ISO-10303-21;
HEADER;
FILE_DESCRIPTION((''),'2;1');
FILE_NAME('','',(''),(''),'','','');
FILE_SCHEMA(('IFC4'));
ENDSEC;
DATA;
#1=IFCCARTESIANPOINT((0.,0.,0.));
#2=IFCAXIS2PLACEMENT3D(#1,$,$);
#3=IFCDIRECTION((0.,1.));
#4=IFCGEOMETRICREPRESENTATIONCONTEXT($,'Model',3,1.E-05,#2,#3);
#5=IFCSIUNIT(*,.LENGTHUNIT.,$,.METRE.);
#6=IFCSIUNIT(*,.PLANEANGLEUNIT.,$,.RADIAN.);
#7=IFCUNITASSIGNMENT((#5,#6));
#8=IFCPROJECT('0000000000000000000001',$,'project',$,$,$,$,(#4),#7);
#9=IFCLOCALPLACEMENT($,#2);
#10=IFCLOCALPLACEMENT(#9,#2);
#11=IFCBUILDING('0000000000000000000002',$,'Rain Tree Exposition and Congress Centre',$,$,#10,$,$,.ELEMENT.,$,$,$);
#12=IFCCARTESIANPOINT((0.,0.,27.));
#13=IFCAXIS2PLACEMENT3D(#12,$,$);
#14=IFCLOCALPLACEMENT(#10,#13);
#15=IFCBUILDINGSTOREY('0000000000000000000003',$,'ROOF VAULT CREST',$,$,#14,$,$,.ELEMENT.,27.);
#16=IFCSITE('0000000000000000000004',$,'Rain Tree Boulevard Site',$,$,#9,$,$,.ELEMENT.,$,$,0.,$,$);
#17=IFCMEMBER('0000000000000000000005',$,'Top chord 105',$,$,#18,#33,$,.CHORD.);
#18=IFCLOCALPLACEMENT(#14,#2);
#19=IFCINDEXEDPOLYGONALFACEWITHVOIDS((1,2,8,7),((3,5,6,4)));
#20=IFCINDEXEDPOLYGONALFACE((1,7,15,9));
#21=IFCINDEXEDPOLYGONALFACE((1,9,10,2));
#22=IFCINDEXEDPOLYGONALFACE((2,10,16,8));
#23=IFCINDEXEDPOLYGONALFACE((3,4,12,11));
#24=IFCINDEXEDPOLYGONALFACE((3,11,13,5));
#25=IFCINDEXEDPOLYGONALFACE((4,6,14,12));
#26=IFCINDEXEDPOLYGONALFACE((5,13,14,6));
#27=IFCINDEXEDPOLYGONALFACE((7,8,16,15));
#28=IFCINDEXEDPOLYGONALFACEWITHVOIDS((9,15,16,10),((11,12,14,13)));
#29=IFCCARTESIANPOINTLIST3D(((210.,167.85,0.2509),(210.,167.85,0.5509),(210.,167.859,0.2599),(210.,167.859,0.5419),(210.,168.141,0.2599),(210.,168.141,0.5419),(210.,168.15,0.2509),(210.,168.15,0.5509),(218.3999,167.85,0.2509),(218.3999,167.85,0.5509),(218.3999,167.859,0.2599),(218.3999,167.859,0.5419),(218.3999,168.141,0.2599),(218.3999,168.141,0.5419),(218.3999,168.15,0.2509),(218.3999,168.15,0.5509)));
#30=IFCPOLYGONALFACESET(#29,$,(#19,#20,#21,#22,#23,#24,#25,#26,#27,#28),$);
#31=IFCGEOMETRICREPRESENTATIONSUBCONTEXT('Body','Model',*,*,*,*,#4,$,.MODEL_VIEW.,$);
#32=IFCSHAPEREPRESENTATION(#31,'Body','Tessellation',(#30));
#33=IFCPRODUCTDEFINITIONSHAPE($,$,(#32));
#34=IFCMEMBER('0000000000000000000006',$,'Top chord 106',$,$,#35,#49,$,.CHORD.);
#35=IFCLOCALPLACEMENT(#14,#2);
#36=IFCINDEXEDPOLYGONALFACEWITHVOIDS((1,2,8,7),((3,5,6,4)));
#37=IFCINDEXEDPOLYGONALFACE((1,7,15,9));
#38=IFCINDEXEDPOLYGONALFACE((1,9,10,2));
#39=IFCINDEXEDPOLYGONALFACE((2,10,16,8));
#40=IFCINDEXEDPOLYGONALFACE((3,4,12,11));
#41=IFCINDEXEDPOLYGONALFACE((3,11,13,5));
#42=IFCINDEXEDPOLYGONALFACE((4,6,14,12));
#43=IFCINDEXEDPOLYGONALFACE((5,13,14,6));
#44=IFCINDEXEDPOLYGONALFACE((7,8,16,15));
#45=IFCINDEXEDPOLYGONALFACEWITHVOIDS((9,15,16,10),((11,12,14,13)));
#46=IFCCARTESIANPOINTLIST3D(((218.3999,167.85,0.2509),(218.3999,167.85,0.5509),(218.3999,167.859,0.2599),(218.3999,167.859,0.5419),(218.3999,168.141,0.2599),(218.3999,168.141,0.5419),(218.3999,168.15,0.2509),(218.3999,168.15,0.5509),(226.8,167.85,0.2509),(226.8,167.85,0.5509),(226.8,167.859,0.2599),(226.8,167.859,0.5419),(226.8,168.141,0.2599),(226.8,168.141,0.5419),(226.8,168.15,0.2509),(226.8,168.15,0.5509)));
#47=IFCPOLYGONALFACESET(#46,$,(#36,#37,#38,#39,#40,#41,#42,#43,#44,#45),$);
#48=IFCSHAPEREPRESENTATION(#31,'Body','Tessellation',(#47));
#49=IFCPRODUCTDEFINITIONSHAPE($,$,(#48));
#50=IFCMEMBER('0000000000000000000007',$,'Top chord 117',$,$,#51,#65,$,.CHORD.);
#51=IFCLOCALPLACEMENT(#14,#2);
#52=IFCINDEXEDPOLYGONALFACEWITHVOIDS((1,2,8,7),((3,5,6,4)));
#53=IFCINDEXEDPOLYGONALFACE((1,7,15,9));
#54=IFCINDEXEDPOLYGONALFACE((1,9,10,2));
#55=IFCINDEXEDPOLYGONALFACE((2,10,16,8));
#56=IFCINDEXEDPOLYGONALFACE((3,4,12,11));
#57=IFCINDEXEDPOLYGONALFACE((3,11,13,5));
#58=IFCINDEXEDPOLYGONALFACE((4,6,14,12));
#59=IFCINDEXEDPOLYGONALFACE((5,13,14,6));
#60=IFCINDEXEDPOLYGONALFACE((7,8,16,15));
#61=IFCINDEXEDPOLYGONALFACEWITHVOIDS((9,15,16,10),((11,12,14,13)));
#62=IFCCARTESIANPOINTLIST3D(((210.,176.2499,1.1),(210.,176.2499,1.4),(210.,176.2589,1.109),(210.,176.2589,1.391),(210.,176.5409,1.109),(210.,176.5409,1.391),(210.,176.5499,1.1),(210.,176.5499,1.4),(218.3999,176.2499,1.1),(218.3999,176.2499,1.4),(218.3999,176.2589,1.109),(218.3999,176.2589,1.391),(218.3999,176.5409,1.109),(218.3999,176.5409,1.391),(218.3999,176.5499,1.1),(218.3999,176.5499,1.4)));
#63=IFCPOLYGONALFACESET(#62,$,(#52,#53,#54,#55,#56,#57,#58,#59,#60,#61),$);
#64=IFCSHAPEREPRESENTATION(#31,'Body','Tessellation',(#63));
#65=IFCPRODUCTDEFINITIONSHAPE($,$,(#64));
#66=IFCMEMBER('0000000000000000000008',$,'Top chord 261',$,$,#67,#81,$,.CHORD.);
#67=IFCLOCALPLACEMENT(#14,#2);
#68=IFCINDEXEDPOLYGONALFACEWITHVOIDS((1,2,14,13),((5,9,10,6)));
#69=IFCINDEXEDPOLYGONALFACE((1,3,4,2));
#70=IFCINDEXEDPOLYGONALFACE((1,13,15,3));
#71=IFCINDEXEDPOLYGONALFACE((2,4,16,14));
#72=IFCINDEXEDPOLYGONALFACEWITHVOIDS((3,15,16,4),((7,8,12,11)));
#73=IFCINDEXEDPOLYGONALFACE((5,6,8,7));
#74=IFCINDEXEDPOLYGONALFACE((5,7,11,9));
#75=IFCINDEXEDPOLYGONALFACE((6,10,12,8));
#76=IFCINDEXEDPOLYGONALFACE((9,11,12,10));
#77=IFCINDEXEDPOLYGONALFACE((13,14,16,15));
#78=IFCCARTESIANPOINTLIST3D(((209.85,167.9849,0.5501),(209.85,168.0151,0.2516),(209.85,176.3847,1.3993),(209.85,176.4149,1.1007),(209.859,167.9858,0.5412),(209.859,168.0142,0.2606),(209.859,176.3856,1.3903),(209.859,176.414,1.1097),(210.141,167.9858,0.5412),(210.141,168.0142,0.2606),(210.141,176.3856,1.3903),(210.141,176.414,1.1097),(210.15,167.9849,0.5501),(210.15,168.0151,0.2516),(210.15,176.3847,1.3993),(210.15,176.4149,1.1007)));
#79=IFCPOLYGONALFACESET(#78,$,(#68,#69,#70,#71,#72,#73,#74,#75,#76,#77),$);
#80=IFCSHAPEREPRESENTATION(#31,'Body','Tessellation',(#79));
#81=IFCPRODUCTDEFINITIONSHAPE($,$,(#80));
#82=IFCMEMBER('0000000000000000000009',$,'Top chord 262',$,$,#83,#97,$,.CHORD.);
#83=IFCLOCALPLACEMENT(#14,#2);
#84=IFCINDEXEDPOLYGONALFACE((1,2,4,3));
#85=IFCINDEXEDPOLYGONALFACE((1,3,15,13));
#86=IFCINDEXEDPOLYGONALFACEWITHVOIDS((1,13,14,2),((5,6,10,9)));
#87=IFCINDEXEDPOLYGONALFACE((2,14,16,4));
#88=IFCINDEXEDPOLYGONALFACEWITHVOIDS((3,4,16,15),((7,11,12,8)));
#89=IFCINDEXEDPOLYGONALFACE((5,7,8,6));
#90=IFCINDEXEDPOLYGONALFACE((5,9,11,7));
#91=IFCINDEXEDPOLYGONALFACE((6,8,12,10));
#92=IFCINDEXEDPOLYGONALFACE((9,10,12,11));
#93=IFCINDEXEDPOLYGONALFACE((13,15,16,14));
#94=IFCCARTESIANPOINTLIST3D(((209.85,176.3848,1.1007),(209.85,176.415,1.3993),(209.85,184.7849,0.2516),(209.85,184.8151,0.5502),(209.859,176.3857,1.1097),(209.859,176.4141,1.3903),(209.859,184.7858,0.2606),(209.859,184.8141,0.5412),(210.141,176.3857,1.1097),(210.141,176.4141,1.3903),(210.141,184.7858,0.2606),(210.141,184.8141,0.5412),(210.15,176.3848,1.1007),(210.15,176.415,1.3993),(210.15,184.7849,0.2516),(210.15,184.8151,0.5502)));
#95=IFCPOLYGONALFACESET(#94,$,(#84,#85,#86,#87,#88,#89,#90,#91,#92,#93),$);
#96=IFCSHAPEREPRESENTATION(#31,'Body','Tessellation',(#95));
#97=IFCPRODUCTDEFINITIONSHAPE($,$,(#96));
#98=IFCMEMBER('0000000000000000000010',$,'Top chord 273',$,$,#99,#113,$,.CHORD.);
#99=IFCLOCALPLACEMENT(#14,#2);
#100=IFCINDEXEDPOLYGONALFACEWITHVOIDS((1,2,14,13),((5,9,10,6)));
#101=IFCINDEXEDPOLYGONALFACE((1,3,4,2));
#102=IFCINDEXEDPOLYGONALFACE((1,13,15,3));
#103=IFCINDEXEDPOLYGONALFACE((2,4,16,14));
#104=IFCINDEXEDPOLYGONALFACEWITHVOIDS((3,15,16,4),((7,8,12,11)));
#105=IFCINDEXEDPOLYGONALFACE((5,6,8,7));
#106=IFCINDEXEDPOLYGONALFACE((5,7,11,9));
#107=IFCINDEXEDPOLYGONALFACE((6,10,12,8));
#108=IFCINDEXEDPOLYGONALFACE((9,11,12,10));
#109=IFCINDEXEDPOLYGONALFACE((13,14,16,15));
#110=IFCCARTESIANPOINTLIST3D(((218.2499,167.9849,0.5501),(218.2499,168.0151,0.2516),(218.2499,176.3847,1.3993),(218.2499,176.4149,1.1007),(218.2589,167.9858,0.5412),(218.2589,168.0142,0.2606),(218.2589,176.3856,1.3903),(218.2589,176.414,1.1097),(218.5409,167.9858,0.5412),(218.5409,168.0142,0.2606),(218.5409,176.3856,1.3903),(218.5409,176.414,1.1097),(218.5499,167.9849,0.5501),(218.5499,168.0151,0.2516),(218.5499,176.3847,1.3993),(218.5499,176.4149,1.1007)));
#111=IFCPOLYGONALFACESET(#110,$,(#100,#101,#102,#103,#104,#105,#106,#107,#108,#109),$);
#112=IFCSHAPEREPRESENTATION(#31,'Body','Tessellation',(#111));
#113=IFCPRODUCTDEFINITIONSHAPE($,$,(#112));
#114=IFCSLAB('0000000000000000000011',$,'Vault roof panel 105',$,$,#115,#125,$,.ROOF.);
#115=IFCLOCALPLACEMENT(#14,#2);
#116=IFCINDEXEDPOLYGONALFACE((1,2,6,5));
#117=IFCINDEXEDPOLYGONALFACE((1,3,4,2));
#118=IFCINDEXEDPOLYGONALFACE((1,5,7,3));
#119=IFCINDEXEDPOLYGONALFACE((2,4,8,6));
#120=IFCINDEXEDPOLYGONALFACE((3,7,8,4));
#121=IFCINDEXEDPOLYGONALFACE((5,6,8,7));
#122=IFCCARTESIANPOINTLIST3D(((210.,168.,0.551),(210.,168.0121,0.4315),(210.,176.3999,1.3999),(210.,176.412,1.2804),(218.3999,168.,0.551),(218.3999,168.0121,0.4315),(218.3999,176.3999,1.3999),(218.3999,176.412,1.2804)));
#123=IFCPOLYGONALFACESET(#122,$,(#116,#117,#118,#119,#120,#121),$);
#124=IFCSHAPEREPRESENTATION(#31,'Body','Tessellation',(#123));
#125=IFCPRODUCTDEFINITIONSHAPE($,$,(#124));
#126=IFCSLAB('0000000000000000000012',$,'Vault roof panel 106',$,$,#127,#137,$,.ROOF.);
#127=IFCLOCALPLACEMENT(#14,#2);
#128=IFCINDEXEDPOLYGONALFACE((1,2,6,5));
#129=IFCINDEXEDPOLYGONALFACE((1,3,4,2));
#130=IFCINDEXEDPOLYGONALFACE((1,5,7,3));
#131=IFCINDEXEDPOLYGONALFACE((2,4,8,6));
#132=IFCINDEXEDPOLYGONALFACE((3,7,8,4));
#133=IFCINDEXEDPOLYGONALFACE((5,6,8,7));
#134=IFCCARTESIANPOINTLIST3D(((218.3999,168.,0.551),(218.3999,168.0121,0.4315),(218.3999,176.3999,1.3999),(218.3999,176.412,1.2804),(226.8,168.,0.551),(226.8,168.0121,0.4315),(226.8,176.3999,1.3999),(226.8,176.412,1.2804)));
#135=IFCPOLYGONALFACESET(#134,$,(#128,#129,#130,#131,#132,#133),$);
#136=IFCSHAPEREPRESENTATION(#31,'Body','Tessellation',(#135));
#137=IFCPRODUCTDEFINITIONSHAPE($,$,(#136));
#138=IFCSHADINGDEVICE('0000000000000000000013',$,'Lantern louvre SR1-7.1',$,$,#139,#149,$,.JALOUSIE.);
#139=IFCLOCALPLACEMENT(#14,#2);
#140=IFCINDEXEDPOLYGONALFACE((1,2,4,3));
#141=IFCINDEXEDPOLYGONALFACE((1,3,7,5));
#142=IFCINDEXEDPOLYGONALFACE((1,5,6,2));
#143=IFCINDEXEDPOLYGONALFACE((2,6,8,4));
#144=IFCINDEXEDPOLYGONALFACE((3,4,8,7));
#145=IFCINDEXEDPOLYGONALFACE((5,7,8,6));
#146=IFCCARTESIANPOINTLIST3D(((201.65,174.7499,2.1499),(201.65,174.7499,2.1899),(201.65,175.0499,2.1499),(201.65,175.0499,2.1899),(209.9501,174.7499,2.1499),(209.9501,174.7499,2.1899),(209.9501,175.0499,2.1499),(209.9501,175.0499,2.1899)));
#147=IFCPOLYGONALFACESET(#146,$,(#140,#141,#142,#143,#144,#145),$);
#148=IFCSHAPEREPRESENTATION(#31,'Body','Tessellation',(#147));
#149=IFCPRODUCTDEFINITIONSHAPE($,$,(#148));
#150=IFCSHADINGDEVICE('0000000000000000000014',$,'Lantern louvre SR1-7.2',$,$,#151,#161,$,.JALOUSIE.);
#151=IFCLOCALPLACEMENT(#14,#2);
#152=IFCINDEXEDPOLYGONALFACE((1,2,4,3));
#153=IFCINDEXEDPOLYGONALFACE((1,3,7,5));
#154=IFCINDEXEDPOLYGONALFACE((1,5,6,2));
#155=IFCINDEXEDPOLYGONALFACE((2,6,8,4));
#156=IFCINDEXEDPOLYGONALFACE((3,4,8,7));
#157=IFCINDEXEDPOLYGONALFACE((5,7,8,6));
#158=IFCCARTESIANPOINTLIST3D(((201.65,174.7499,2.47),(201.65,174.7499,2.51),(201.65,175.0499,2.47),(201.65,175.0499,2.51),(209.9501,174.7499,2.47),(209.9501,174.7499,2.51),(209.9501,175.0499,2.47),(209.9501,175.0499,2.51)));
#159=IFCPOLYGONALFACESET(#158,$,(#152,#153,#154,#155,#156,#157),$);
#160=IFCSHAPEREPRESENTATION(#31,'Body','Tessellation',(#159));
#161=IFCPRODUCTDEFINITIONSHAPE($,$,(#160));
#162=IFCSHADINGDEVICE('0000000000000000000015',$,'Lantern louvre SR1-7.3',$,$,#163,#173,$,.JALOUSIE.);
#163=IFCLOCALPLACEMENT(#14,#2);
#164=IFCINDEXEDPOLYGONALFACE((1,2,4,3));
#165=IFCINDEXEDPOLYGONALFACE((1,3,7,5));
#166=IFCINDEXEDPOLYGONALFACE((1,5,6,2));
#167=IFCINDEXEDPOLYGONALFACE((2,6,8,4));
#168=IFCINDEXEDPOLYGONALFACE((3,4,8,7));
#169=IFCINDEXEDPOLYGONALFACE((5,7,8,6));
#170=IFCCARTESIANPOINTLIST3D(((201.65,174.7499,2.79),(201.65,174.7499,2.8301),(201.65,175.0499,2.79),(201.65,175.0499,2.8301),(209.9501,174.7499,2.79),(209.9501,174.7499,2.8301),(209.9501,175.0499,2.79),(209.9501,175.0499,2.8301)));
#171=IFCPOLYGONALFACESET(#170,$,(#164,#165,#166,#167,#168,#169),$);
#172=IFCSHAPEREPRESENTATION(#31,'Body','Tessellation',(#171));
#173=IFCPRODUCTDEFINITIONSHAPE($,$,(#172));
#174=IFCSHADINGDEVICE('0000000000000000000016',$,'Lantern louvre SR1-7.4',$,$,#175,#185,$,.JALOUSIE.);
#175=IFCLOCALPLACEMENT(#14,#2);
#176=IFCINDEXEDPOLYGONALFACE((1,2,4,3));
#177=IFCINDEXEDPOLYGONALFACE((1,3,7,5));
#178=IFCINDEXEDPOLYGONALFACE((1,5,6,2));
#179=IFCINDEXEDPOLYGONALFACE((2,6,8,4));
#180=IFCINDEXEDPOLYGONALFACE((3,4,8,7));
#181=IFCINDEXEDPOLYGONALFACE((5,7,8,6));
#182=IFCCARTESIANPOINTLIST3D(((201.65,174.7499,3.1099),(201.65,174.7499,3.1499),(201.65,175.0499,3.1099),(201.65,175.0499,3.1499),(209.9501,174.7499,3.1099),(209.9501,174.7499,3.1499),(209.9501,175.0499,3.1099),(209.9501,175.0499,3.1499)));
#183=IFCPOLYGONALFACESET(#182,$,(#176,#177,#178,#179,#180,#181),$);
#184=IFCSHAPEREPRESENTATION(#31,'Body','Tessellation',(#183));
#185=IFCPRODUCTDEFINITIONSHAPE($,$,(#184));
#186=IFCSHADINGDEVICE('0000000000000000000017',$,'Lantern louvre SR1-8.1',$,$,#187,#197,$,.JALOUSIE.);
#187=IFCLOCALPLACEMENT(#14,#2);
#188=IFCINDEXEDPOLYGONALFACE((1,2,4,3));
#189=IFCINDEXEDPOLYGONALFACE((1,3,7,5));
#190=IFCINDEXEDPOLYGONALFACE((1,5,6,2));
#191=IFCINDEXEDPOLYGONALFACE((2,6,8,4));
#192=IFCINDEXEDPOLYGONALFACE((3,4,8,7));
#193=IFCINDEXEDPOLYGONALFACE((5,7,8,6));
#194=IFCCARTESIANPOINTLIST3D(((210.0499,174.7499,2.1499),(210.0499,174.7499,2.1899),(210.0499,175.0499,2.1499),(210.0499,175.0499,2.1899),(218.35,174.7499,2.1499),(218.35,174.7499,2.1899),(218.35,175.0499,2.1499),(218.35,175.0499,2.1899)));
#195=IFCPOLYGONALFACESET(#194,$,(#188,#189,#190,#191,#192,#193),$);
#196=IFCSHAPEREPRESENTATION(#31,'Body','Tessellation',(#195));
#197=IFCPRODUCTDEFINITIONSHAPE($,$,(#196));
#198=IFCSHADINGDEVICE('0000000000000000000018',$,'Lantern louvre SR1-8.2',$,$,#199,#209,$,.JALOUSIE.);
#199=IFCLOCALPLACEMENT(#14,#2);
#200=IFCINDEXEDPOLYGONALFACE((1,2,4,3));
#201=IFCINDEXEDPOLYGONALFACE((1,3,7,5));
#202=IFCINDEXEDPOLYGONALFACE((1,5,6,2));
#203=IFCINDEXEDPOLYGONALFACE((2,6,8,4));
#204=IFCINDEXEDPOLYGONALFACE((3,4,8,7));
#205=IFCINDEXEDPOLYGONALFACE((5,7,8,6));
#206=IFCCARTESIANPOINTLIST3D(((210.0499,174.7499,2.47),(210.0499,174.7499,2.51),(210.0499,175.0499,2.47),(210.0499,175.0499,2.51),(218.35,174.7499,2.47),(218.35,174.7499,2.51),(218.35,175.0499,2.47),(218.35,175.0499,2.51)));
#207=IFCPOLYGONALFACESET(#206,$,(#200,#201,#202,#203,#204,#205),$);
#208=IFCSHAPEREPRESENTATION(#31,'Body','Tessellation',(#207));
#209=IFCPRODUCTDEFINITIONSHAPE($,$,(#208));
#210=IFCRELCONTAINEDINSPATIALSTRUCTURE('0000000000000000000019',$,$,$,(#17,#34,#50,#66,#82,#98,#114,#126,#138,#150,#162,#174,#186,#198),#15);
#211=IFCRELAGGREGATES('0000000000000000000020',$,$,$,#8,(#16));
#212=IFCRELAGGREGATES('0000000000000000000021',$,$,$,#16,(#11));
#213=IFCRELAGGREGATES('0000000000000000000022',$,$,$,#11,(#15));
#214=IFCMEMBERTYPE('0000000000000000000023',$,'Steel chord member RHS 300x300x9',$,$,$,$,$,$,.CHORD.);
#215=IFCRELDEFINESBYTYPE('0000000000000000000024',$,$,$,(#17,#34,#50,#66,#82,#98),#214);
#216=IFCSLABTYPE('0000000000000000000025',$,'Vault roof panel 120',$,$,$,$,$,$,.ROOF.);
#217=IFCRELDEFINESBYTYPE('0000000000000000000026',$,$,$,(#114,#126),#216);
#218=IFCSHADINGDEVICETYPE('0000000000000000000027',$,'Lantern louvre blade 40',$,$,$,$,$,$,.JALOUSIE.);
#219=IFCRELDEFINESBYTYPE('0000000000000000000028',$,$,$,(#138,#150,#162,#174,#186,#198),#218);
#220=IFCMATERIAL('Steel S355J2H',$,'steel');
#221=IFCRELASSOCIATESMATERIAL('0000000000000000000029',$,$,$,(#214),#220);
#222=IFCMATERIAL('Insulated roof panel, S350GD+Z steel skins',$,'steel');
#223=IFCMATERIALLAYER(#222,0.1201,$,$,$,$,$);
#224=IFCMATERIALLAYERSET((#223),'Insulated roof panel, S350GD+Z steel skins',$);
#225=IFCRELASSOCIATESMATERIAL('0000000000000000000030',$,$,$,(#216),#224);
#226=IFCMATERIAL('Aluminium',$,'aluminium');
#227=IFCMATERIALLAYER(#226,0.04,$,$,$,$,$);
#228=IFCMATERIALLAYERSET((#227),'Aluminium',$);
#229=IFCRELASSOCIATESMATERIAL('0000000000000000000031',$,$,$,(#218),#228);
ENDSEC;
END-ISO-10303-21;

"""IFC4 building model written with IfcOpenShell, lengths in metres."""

from ifc_helpers import new_model, si_unit, direction, frame, origin, origin_2d, place, context, subcontext, project, spatial, polyline, rectangle, hollow_rectangle, outline, extrude, material, layer, layer_set, material_profile, profile_set, type_object, element, save


model = new_model("IFC4")

# Units and contexts
model_context = context("Model", 3, precision=1e-05, world=origin(), true_north=direction((0.0, 1.0)))
body_context = subcontext(model_context, "Body", "Model", "MODEL_VIEW")
ifc_project = project(units=[si_unit("LENGTHUNIT", "METRE"), si_unit("PLANEANGLEUNIT", "RADIAN")], contexts=[model_context])

# Site, building, storey
site_placement = place(None, origin())
site = spatial("IfcSite", under=ifc_project, at=site_placement, Name="Rain Tree Boulevard Site", CompositionType="ELEMENT", RefElevation=0.0)
building_placement = place(site_placement, origin())
building = spatial("IfcBuilding", under=site, at=building_placement, Name="Rain Tree Exposition and Congress Centre", CompositionType="ELEMENT")
storey_placement = place(building_placement, frame((0.0, 0.0, 27.0)))
storey = spatial("IfcBuildingStorey", under=building, at=storey_placement, Name="ROOF VAULT CREST", CompositionType="ELEMENT", Elevation=27.0)

# Members
ifc_material_1 = material(Name="Steel S355J2H", Category="steel")
ifc_material_profile_1 = material_profile(ifc_material_1, hollow_rectangle(XDim=0.3, YDim=0.3, WallThickness=0.009, at=origin_2d()), Name="RHS 300x300x9")
ifc_profile_set_1 = profile_set([ifc_material_profile_1], Name="Steel S355J2H")
member_type = type_object("IfcMemberType", Name="Steel chord member RHS 300x300x9", PredefinedType="CHORD", material=ifc_profile_set_1)
member_1_placement = place(storey_placement, frame((210.0, 168.0, 0.4009), z_axis=(1.0, 0.0, 0.0), x_axis=(0.0, 1.0, 0.0)))
element("IfcMember", 1, at=member_1_placement, inside=storey, type_object=member_type, Name="Top chord 105", PredefinedType="CHORD", context=body_context, shape_type="SweptSolid", body=[
    extrude(hollow_rectangle(XDim=0.3, YDim=0.3, WallThickness=0.009, at=origin_2d()), origin(), (0.0, 0.0, 1.0), 8.3999),
])
member_2_placement = place(storey_placement, frame((218.3999, 168.0, 0.4009), z_axis=(1.0, 0.0, 0.0), x_axis=(0.0, 1.0, 0.0)))
element("IfcMember", 2, at=member_2_placement, inside=storey, type_object=member_type, Name="Top chord 106", PredefinedType="CHORD", context=body_context, shape_type="SweptSolid", body=[
    extrude(hollow_rectangle(XDim=0.3, YDim=0.3, WallThickness=0.009, at=origin_2d()), origin(), (0.0, 0.0, 1.0), 8.4001),
])
member_3_placement = place(storey_placement, frame((210.0, 176.3999, 1.25), z_axis=(1.0, 0.0, 0.0), x_axis=(0.0, 1.0, 0.0)))
element("IfcMember", 3, at=member_3_placement, inside=storey, type_object=member_type, Name="Top chord 117", PredefinedType="CHORD", context=body_context, shape_type="SweptSolid", body=[
    extrude(hollow_rectangle(XDim=0.3, YDim=0.3, WallThickness=0.009, at=origin_2d()), origin(), (0.0, 0.0, 1.0), 8.3999),
])
member_4_placement = place(storey_placement, frame((210.0, 168.0, 0.4009), z_axis=(0.0, 0.99493, 0.100574), x_axis=(-1.0, 0.0, 0.0)))
element("IfcMember", 4, at=member_4_placement, inside=storey, type_object=member_type, Name="Top chord 261", PredefinedType="CHORD", context=body_context, shape_type="SweptSolid", body=[
    extrude(hollow_rectangle(XDim=0.3, YDim=0.3, WallThickness=0.009, at=origin_2d()), origin(), (0.0, 0.0, 1.0), 8.4426),
])
member_5_placement = place(storey_placement, frame((210.0, 176.3999, 1.25), z_axis=(0.0, 0.99493, -0.100572), x_axis=(-1.0, 0.0, 0.0)))
element("IfcMember", 5, at=member_5_placement, inside=storey, type_object=member_type, Name="Top chord 262", PredefinedType="CHORD", context=body_context, shape_type="SweptSolid", body=[
    extrude(hollow_rectangle(XDim=0.3, YDim=0.3, WallThickness=0.009, at=origin_2d()), origin(), (0.0, 0.0, 1.0), 8.4429),
])
member_6_placement = place(storey_placement, frame((218.3999, 168.0, 0.4009), z_axis=(0.0, 0.99493, 0.100574), x_axis=(-1.0, 0.0, 0.0)))
element("IfcMember", 6, at=member_6_placement, inside=storey, type_object=member_type, Name="Top chord 273", PredefinedType="CHORD", context=body_context, shape_type="SweptSolid", body=[
    extrude(hollow_rectangle(XDim=0.3, YDim=0.3, WallThickness=0.009, at=origin_2d()), origin(), (0.0, 0.0, 1.0), 8.4426),
])

# Slabs
ifc_material_2 = material(Name="Insulated roof panel, S350GD+Z steel skins", Category="steel")
ifc_layer_1 = layer(ifc_material_2, 0.1201)
ifc_layer_set_1 = layer_set([ifc_layer_1], Name="Insulated roof panel, S350GD+Z steel skins")
slab_type = type_object("IfcSlabType", Name="Vault roof panel 120", PredefinedType="ROOF", material=ifc_layer_set_1)
slab_1_placement = place(storey_placement, frame((210.0, 168.0, 0.551), z_axis=(0.0, -0.100546, 0.994932), x_axis=(1.0, 0.0, 0.0)))
element("IfcSlab", 7, at=slab_1_placement, inside=storey, type_object=slab_type, Name="Vault roof panel 105", PredefinedType="ROOF", context=body_context, shape_type="SweptSolid", body=[
    extrude(outline(polyline([(0.0, 0.0), (8.3999, 0.0), (8.3999, 8.4427), (0.0, 8.4427), (0.0, 0.0)])), origin(), (0.0, 0.0, -1.0), 0.1201),
])
slab_2_placement = place(storey_placement, frame((218.3999, 168.0, 0.551), z_axis=(0.0, -0.100546, 0.994932), x_axis=(1.0, 0.0, 0.0)))
element("IfcSlab", 8, at=slab_2_placement, inside=storey, type_object=slab_type, Name="Vault roof panel 106", PredefinedType="ROOF", context=body_context, shape_type="SweptSolid", body=[
    extrude(outline(polyline([(0.0, 0.0), (8.4001, 0.0), (8.4001, 8.4427), (0.0, 8.4427), (0.0, 0.0)])), origin(), (0.0, 0.0, -1.0), 0.1201),
])

# Shading devices
ifc_material_3 = material(Name="Aluminium", Category="aluminium")
ifc_layer_2 = layer(ifc_material_3, 0.04)
ifc_layer_set_2 = layer_set([ifc_layer_2], Name="Aluminium")
shading_device_type = type_object("IfcShadingDeviceType", Name="Lantern louvre blade 40", PredefinedType="JALOUSIE", material=ifc_layer_set_2)
for number, where, z_axis, x_axis, name in (
    (9, (205.8, 174.8999, 2.1499), (0.0, 0.0, 1.0), (1.0, 0.0, 0.0), "Lantern louvre SR1-7.1"),
    (10, (205.8, 174.8999, 2.47), (0.0, 0.0, 1.0), (1.0, 0.0, 0.0), "Lantern louvre SR1-7.2"),
    (11, (205.8, 174.8999, 2.79), (0.0, 0.0, 1.0), (1.0, 0.0, 0.0), "Lantern louvre SR1-7.3"),
    (12, (205.8, 174.8999, 3.1099), (0.0, 0.0, 1.0), (1.0, 0.0, 0.0), "Lantern louvre SR1-7.4"),
    (13, (214.2, 174.8999, 2.1499), (0.0, 0.0, 1.0), (1.0, 0.0, 0.0), "Lantern louvre SR1-8.1"),
    (14, (214.2, 174.8999, 2.47), (0.0, 0.0, 1.0), (1.0, 0.0, 0.0), "Lantern louvre SR1-8.2"),
):
    element("IfcShadingDevice", number, at=place(storey_placement, frame(where, z_axis=z_axis, x_axis=x_axis)), inside=storey, type_object=shading_device_type, Name=name, PredefinedType="JALOUSIE", context=body_context, shape_type="SweptSolid", body=[
        extrude(rectangle(XDim=8.3, YDim=0.3, at=origin_2d()), origin(), (0.0, 0.0, 1.0), 0.04),
    ])

save(model, "model.ifc")
